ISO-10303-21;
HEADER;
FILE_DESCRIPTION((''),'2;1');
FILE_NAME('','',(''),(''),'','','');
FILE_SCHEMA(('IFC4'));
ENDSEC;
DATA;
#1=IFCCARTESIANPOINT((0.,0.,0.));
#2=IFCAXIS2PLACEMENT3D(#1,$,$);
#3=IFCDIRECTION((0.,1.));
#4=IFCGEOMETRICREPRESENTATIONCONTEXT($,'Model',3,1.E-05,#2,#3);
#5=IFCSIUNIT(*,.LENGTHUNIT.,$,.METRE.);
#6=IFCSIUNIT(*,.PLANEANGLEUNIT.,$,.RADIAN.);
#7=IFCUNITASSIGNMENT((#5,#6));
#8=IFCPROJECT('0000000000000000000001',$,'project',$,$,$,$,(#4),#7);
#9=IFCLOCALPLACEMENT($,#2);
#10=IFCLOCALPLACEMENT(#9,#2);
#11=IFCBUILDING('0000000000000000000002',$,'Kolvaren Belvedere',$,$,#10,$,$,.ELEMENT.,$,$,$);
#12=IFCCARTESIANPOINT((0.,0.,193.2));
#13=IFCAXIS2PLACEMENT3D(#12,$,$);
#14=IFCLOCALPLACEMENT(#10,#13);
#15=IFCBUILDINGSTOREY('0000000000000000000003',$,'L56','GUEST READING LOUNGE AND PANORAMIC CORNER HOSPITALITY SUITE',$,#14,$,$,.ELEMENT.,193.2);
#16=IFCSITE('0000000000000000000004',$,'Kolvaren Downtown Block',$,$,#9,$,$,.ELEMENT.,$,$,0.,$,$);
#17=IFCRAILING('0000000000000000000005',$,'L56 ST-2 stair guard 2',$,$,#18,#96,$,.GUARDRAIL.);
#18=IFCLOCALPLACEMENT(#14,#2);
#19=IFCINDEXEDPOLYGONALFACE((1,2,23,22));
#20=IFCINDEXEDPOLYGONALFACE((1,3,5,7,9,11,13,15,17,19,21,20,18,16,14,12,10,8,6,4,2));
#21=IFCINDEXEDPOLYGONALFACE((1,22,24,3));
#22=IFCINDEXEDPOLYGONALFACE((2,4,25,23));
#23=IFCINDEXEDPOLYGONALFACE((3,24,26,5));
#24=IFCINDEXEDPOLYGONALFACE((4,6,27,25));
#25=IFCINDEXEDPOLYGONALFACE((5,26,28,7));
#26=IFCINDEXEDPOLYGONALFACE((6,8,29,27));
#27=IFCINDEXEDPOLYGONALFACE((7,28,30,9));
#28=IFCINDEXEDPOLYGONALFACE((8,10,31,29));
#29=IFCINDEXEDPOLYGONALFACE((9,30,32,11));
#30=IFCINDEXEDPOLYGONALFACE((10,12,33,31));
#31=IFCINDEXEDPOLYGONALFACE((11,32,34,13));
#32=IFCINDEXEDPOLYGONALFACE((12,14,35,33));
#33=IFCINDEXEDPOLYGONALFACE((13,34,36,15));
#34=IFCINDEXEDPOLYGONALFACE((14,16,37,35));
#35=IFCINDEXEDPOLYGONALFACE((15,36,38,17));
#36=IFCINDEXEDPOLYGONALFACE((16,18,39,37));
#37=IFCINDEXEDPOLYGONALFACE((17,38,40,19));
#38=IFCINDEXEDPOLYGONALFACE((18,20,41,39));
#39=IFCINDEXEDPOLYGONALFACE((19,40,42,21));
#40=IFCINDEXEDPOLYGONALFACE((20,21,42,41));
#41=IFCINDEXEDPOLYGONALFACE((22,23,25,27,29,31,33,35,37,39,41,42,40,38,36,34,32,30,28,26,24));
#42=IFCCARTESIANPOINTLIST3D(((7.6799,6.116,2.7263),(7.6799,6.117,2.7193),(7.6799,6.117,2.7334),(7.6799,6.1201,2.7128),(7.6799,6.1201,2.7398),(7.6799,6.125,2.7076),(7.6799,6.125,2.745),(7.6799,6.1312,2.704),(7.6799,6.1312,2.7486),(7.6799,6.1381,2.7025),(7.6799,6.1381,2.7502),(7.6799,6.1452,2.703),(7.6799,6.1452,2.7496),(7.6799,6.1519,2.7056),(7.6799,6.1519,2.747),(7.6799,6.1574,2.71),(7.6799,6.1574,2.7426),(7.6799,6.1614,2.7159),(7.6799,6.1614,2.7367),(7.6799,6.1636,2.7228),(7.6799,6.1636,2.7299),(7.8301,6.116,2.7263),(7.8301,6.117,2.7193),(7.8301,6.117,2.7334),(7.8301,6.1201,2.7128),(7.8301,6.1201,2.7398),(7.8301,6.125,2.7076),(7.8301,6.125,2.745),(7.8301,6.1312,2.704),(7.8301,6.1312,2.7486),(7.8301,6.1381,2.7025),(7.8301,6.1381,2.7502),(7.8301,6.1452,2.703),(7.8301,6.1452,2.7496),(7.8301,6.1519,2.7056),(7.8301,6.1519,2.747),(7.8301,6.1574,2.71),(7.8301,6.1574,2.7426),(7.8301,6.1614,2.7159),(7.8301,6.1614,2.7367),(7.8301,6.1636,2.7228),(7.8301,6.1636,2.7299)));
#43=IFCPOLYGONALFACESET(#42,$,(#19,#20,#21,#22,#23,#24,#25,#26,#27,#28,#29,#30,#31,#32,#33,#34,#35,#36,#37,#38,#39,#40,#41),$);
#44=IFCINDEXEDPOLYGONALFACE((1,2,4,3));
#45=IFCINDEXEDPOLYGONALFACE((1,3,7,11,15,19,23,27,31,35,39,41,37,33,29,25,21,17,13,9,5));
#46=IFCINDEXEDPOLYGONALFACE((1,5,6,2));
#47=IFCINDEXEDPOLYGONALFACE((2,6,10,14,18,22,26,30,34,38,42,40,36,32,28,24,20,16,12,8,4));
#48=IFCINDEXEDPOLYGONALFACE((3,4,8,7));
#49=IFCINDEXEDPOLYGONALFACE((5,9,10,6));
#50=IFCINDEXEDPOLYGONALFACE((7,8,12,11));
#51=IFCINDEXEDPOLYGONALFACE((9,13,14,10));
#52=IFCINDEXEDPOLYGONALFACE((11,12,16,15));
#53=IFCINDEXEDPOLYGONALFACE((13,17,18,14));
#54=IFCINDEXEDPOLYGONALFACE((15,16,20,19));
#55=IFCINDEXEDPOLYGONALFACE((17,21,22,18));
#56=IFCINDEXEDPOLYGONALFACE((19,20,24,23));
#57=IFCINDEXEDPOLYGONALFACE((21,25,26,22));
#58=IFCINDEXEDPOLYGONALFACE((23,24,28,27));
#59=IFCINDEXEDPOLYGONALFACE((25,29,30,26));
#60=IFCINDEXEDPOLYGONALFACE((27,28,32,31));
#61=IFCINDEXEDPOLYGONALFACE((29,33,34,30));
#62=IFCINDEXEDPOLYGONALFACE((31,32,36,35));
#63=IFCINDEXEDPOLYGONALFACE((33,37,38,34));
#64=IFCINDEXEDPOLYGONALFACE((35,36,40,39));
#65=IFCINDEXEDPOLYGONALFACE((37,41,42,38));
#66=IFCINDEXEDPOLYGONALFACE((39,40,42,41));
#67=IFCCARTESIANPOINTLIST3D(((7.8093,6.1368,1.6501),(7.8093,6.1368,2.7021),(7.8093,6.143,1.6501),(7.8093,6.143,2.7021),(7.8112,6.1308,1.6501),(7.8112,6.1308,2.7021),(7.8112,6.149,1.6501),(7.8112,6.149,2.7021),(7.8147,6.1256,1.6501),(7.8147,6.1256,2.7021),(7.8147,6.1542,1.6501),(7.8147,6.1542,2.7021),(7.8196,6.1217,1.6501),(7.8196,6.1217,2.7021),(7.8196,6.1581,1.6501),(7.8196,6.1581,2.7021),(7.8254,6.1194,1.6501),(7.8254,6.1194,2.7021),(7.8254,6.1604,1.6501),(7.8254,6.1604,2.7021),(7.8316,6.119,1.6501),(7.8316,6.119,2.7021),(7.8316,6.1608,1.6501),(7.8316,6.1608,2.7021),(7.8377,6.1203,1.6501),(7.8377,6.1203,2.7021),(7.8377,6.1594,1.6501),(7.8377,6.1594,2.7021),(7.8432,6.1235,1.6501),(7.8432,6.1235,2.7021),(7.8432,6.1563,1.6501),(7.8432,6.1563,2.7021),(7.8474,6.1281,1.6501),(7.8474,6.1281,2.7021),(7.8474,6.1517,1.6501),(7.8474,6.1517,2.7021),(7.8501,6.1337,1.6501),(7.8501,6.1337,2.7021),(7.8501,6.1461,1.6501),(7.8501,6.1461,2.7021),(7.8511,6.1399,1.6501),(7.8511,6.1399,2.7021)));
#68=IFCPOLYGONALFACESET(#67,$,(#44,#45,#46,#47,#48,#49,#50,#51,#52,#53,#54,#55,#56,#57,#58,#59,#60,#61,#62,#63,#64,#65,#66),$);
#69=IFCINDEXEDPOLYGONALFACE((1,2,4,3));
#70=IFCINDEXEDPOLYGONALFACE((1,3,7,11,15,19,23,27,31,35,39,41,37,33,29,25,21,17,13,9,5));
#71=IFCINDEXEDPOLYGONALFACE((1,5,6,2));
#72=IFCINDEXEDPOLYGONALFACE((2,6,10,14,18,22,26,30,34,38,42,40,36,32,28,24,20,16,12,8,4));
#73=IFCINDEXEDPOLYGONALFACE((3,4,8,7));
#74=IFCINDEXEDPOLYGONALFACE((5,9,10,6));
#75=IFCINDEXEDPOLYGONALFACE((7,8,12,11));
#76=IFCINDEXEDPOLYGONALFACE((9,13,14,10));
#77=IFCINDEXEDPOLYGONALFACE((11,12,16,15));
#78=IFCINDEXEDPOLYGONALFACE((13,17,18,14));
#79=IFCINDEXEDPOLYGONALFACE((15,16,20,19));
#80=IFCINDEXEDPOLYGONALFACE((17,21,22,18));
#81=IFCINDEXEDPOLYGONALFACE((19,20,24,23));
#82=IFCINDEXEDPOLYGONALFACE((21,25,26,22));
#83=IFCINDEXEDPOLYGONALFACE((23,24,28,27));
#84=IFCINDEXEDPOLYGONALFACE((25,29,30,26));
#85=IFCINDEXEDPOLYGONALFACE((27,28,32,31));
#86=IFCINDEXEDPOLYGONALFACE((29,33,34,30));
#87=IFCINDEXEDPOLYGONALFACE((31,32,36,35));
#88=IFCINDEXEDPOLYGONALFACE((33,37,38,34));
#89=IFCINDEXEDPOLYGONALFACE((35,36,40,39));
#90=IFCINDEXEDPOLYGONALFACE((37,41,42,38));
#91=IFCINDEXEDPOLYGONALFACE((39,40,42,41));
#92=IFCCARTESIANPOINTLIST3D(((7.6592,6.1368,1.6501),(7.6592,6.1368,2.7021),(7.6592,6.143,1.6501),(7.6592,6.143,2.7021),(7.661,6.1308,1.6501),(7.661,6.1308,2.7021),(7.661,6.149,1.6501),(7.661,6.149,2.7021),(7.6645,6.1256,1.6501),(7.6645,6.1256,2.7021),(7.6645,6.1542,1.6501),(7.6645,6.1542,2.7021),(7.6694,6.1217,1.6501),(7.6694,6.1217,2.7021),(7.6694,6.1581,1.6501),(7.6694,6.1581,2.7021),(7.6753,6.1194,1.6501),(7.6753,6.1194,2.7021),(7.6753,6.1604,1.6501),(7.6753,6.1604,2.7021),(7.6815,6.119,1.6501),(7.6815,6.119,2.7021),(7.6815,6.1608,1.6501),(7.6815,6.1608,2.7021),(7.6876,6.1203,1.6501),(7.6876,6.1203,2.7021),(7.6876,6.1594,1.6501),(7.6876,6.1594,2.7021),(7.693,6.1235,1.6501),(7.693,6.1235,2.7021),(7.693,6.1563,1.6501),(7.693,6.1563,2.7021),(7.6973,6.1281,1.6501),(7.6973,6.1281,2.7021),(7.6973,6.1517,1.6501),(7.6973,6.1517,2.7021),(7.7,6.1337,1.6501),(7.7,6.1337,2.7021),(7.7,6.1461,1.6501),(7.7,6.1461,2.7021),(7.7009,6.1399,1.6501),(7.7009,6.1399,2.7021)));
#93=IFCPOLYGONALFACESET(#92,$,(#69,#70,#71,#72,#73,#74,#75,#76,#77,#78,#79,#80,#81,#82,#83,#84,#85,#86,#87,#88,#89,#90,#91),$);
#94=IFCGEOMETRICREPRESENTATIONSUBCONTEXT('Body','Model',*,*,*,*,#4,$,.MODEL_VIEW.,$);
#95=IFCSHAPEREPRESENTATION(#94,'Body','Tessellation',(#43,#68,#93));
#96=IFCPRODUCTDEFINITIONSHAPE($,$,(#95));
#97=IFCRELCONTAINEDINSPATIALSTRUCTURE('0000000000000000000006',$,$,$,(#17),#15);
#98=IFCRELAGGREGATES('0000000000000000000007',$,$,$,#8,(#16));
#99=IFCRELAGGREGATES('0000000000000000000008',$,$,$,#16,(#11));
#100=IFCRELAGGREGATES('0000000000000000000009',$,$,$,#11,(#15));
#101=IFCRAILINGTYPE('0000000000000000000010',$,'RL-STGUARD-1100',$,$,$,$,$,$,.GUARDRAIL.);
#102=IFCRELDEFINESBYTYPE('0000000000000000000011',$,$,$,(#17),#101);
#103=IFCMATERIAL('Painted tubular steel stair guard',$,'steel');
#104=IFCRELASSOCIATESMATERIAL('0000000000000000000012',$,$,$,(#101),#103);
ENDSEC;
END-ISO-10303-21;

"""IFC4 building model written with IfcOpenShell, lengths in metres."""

from ifc_helpers import new_model, si_unit, direction, frame, origin, origin_2d, place, context, subcontext, project, spatial, circle, extrude, material, type_object, element, save


model = new_model("IFC4")

# Units and contexts
model_context = context("Model", 3, precision=1e-05, world=origin(), true_north=direction((0.0, 1.0)))
body_context = subcontext(model_context, "Body", "Model", "MODEL_VIEW")
ifc_project = project(units=[si_unit("LENGTHUNIT", "METRE"), si_unit("PLANEANGLEUNIT", "RADIAN")], contexts=[model_context])

# Site, building, storey
site_placement = place(None, origin())
site = spatial("IfcSite", under=ifc_project, at=site_placement, Name="Kolvaren Downtown Block", CompositionType="ELEMENT", RefElevation=0.0)
building_placement = place(site_placement, origin())
building = spatial("IfcBuilding", under=site, at=building_placement, Name="Kolvaren Belvedere", CompositionType="ELEMENT")
storey_placement = place(building_placement, frame((0.0, 0.0, 193.2)))
storey = spatial("IfcBuildingStorey", under=building, at=storey_placement, Name="L56", Description="GUEST READING LOUNGE AND PANORAMIC CORNER HOSPITALITY SUITE", CompositionType="ELEMENT", Elevation=193.2)

# Railing
ifc_material_1 = material(Name="Painted tubular steel stair guard", Category="steel")
railing_type_1 = type_object("IfcRailingType", Name="RL-STGUARD-1100", PredefinedType="GUARDRAIL", material=ifc_material_1)
railing_1_placement = place(storey_placement, frame((7.8301, 6.1399, 1.6501)))
element("IfcRailing", 1, at=railing_1_placement, inside=storey, type_object=railing_type_1, Name="L56 ST-2 stair guard 2", PredefinedType="GUARDRAIL", context=body_context, shape_type="SweptSolid", body=[
    extrude(circle(Radius=0.0239, at=origin_2d()), frame((0.0, 0.0, 1.0762), z_axis=(-1.0, 0.0, 0.0), x_axis=(0.0, -1.0, 0.0)), (0.0, 0.0, 1.0), 0.1501),
    extrude(circle(Radius=0.021, at=origin_2d()), origin(), (0.0, 0.0, 1.0), 1.052),
    extrude(circle(Radius=0.021, at=origin_2d()), frame((-0.1501, 0.0, 0.0)), (0.0, 0.0, 1.0), 1.052),
])

save(model, "model.ifc")
